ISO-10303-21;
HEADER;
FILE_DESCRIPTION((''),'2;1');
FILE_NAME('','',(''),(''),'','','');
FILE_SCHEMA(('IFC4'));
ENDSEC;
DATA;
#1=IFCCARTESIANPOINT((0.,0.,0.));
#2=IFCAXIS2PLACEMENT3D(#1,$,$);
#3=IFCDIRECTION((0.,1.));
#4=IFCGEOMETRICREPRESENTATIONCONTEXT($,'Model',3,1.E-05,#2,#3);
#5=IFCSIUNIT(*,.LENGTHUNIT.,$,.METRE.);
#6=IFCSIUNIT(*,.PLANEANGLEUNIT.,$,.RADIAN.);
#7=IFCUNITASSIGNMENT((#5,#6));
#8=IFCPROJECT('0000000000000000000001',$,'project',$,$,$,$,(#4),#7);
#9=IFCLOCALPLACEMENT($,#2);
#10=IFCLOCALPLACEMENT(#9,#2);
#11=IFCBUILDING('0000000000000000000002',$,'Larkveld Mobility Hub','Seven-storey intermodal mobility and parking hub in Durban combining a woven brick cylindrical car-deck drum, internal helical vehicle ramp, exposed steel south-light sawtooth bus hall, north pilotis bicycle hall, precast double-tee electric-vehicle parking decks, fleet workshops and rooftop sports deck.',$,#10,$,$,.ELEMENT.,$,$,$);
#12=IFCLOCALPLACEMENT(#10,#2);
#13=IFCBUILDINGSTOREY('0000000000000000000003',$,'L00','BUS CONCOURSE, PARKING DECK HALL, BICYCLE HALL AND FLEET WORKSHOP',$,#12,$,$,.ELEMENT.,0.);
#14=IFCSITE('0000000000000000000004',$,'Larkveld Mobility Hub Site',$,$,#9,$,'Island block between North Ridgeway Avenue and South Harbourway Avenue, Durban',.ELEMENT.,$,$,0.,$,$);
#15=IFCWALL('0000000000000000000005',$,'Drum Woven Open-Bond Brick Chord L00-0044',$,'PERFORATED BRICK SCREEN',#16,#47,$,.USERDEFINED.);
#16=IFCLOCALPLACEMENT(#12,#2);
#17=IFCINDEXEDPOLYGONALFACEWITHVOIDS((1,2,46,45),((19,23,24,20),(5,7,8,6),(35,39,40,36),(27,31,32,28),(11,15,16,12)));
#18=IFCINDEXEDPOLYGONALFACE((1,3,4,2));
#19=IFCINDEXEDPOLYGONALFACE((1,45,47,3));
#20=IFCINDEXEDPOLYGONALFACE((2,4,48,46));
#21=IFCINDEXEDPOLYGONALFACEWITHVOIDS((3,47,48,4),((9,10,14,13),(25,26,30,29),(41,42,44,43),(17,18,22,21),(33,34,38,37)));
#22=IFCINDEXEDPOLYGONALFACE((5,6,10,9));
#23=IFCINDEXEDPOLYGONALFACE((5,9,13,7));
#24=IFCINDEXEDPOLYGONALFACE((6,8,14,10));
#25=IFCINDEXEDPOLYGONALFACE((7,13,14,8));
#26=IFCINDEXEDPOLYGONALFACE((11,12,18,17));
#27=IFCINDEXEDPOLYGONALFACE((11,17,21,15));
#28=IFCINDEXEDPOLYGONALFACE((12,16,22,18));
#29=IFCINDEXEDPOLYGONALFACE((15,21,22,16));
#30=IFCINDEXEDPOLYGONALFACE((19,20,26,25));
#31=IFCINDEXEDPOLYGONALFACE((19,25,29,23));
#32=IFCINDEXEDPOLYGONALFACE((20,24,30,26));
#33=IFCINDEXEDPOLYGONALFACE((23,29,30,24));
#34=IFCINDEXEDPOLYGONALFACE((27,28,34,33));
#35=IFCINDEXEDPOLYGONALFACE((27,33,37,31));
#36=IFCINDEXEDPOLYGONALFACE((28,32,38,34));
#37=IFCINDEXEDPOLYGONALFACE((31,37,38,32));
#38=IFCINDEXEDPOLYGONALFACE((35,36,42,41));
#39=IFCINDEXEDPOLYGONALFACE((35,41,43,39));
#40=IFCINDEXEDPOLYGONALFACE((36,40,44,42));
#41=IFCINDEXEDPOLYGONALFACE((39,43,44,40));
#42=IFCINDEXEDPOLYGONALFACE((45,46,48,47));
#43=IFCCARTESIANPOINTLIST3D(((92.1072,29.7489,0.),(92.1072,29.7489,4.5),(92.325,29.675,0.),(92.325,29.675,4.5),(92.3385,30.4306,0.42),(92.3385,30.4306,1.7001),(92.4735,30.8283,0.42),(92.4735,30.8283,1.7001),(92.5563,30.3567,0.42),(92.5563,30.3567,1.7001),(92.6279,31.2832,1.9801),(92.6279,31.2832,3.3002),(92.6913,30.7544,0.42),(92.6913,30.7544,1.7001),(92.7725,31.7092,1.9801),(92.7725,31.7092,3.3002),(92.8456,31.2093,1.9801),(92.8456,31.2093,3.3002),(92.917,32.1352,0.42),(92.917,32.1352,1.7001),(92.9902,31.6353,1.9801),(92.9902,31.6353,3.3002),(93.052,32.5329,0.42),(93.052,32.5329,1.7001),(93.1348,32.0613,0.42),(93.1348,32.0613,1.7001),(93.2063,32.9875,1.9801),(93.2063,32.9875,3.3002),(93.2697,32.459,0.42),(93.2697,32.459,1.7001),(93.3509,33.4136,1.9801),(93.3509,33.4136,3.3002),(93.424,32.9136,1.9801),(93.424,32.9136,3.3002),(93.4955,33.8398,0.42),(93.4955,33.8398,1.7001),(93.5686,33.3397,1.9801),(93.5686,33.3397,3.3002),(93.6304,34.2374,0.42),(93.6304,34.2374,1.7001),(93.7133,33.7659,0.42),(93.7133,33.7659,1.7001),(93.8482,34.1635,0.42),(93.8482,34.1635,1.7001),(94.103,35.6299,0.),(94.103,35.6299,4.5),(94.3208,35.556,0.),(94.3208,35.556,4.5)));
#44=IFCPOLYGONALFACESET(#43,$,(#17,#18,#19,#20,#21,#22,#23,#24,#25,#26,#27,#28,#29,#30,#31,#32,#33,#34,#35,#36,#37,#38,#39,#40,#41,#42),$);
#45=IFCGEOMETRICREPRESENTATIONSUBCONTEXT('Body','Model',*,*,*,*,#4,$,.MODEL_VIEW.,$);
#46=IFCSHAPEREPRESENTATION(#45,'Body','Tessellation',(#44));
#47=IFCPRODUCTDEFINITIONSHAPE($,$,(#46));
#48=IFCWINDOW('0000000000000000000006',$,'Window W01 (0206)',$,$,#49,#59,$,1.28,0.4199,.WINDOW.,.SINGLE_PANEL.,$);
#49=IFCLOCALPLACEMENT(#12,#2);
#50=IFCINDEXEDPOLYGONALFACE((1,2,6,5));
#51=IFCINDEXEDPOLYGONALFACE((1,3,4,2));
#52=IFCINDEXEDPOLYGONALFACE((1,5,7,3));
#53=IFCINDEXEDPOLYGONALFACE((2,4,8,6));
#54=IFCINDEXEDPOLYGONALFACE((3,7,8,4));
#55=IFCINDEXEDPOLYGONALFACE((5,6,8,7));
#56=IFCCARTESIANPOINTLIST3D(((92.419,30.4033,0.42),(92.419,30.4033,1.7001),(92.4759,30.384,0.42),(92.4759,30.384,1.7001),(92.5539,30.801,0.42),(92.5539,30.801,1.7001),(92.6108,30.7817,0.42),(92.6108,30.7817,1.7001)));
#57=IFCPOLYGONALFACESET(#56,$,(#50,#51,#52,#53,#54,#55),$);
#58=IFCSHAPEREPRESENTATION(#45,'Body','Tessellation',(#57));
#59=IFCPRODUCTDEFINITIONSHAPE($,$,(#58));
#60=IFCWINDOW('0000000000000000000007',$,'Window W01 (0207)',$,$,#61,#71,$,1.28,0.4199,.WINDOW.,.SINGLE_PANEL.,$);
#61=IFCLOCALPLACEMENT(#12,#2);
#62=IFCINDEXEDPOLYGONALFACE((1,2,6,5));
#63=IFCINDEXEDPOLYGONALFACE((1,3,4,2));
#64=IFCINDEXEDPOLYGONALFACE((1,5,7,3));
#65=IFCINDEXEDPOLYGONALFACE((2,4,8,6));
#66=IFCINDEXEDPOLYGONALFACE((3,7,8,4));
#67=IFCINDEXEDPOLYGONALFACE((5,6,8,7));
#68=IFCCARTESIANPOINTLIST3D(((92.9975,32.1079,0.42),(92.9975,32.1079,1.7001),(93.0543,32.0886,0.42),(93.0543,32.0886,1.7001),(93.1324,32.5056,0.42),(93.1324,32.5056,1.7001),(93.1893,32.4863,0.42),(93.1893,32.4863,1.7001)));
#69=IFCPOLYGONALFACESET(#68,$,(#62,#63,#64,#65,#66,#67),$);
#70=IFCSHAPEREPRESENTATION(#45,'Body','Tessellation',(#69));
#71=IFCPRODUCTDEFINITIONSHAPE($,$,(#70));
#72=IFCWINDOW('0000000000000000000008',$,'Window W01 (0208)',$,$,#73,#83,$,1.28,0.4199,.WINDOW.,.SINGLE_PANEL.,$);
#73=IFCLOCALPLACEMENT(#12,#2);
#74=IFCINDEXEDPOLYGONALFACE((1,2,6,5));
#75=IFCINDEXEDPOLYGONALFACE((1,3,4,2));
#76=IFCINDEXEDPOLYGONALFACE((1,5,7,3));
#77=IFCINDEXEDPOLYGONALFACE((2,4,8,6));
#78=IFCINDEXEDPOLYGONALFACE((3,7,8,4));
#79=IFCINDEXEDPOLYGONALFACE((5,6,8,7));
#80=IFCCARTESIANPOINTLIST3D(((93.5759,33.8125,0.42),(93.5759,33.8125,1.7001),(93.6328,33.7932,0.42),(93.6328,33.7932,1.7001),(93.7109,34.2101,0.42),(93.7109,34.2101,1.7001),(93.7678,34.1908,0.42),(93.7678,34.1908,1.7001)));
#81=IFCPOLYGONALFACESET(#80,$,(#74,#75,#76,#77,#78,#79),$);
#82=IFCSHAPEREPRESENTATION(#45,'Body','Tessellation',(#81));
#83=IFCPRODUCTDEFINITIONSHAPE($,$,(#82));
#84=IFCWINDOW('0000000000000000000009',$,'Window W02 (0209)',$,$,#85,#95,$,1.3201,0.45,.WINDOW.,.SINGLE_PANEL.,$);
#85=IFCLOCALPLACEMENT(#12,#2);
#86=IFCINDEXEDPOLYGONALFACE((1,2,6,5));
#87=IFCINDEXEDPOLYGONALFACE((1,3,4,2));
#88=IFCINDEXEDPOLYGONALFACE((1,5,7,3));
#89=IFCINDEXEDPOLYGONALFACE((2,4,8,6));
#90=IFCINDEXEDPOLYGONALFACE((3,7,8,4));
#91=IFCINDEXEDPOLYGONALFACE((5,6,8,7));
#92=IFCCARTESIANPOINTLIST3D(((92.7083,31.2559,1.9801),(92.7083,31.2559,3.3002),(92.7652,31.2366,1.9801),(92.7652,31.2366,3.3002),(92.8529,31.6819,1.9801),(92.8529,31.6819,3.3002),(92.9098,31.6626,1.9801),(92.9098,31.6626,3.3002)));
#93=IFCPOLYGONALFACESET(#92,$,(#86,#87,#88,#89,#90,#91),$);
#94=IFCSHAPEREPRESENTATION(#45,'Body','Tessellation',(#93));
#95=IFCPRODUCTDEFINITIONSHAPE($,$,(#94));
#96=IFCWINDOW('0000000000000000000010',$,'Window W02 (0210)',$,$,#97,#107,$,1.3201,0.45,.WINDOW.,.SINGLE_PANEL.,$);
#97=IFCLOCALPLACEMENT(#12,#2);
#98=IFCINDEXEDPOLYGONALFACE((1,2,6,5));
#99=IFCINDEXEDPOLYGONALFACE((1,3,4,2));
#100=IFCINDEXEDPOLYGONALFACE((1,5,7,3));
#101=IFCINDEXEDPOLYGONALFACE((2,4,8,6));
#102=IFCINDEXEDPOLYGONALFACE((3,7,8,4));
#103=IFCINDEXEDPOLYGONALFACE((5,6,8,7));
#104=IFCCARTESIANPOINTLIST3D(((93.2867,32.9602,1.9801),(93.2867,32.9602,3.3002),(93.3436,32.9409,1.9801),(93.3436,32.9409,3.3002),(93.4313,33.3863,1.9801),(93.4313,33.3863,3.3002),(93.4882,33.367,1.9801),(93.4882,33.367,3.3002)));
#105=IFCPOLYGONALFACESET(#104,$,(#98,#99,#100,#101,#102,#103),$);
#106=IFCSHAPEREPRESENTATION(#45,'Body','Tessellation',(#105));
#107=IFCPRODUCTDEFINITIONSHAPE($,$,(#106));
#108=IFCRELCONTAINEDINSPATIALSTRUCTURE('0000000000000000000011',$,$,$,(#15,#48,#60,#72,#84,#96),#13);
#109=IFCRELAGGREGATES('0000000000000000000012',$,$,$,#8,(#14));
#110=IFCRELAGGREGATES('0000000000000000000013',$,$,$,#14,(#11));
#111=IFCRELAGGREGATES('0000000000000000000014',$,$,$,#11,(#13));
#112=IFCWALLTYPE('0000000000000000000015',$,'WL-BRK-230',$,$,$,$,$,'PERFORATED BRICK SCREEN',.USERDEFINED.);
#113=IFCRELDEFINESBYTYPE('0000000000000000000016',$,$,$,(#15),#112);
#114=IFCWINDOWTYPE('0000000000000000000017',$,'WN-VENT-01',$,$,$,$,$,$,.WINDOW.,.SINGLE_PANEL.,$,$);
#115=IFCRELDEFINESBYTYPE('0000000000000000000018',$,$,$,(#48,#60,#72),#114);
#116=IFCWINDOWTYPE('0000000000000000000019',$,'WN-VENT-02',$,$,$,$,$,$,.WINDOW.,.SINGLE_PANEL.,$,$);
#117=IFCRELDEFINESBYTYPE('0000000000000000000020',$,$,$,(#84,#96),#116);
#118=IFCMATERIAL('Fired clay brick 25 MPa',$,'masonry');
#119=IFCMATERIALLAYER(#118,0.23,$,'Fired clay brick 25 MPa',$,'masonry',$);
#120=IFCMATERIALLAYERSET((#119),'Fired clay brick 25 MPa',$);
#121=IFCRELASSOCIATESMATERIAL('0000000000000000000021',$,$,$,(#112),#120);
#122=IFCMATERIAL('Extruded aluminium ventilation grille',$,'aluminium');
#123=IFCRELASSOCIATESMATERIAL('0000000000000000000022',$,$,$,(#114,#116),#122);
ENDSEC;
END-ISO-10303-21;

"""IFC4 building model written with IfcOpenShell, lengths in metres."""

from ifc_helpers import new_model, si_unit, direction, frame, frame_2d, origin, place, context, subcontext, project, spatial, rectangle, extrude, material, layer, layer_set, type_object, element, fill, save


model = new_model("IFC4")

# Units and contexts
model_context = context("Model", 3, precision=1e-05, world=origin(), true_north=direction((0.0, 1.0)))
body_context = subcontext(model_context, "Body", "Model", "MODEL_VIEW")
ifc_project = project(units=[si_unit("LENGTHUNIT", "METRE"), si_unit("PLANEANGLEUNIT", "RADIAN")], contexts=[model_context])

# Site, building, storey
site_placement = place(None, origin())
site = spatial("IfcSite", under=ifc_project, at=site_placement, Name="Larkveld Mobility Hub Site", LongName="Island block between North Ridgeway Avenue and South Harbourway Avenue, Durban", CompositionType="ELEMENT", RefElevation=0.0)
building_placement = place(site_placement, origin())
building = spatial("IfcBuilding", under=site, at=building_placement, Name="Larkveld Mobility Hub", Description="Seven-storey intermodal mobility and parking hub in Durban combining a woven brick cylindrical car-deck drum, internal helical vehicle ramp, exposed steel south-light sawtooth bus hall, north pilotis bicycle hall, precast double-tee electric-vehicle parking decks, fleet workshops and rooftop sports deck.", CompositionType="ELEMENT")
storey_placement = place(building_placement, origin())
storey = spatial("IfcBuildingStorey", under=building, at=storey_placement, Name="L00", Description="BUS CONCOURSE, PARKING DECK HALL, BICYCLE HALL AND FLEET WORKSHOP", CompositionType="ELEMENT", Elevation=0.0)

# Wall, openings, windows
ifc_material_1 = material(Name="Fired clay brick 25 MPa", Category="masonry")
ifc_layer_1 = layer(ifc_material_1, 0.23, Name="Fired clay brick 25 MPa", Category="masonry")
ifc_layer_set_1 = layer_set([ifc_layer_1], Name="Fired clay brick 25 MPa")
wall_type_1 = type_object("IfcWallType", Name="WL-BRK-230", ElementType="PERFORATED BRICK SCREEN", PredefinedType="USERDEFINED", material=ifc_layer_set_1)
wall_1_placement = place(storey_placement, frame((92.2161, 29.7119, 0.0), z_axis=(0.0, 0.0, 1.0), x_axis=(0.321365, 0.946955, 0.0)))
wall_1 = element("IfcWall", 1, at=wall_1_placement, inside=storey, type_object=wall_type_1, Name="Drum Woven Open-Bond Brick Chord L00-0044", ObjectType="PERFORATED BRICK SCREEN", PredefinedType="USERDEFINED", context=body_context, shape_type="SweptSolid", body=[
    extrude(rectangle(XDim=6.2104, YDim=0.23, at=frame_2d((3.1052, 0.0))), origin(), (0.0, 0.0, 1.0), 4.5),
])
opening_1_placement = place(wall_1_placement, frame((0.72, 0.0, 0.4199)))
opening_1 = element("IfcOpeningElement", 2, at=opening_1_placement, cuts=wall_1, PredefinedType="OPENING", context=body_context, shape_type="SweptSolid", body=[
    extrude(rectangle(XDim=0.4199, YDim=1.28, at=frame_2d((0.21, 0.6401))), frame((0.0, 0.125, 0.0), z_axis=(0.0, -1.0, 0.0), x_axis=(1.0, 0.0, 0.0)), (0.0, 0.0, 1.0), 0.25),
])
opening_2_placement = place(wall_1_placement, frame((2.52, 0.0, 0.4199)))
opening_2 = element("IfcOpeningElement", 3, at=opening_2_placement, cuts=wall_1, PredefinedType="OPENING", context=body_context, shape_type="SweptSolid", body=[
    extrude(rectangle(XDim=0.4199, YDim=1.28, at=frame_2d((0.21, 0.6401))), frame((0.0, 0.125, 0.0), z_axis=(0.0, -1.0, 0.0), x_axis=(1.0, 0.0, 0.0)), (0.0, 0.0, 1.0), 0.25),
])
opening_3_placement = place(wall_1_placement, frame((4.3201, 0.0, 0.4199)))
opening_3 = element("IfcOpeningElement", 4, at=opening_3_placement, cuts=wall_1, PredefinedType="OPENING", context=body_context, shape_type="SweptSolid", body=[
    extrude(rectangle(XDim=0.4199, YDim=1.28, at=frame_2d((0.21, 0.6401))), frame((0.0, 0.125, 0.0), z_axis=(0.0, -1.0, 0.0), x_axis=(1.0, 0.0, 0.0)), (0.0, 0.0, 1.0), 0.25),
])
opening_4_placement = place(wall_1_placement, frame((1.6201, 0.0, 1.98)))
opening_4 = element("IfcOpeningElement", 5, at=opening_4_placement, cuts=wall_1, PredefinedType="OPENING", context=body_context, shape_type="SweptSolid", body=[
    extrude(rectangle(XDim=0.45, YDim=1.3201, at=frame_2d((0.2251, 0.6602))), frame((0.0, 0.125, 0.0), z_axis=(0.0, -1.0, 0.0), x_axis=(1.0, 0.0, 0.0)), (0.0, 0.0, 1.0), 0.25),
])
opening_5_placement = place(wall_1_placement, frame((3.4199, 0.0, 1.98)))
opening_5 = element("IfcOpeningElement", 6, at=opening_5_placement, cuts=wall_1, PredefinedType="OPENING", context=body_context, shape_type="SweptSolid", body=[
    extrude(rectangle(XDim=0.45, YDim=1.3201, at=frame_2d((0.2251, 0.6602))), frame((0.0, 0.125, 0.0), z_axis=(0.0, -1.0, 0.0), x_axis=(1.0, 0.0, 0.0)), (0.0, 0.0, 1.0), 0.25),
])
ifc_material_2 = material(Name="Extruded aluminium ventilation grille", Category="aluminium")
window_type_1 = type_object("IfcWindowType", Name="WN-VENT-01", PartitioningType="SINGLE_PANEL", PredefinedType="WINDOW", material=ifc_material_2)
window_1_placement = place(opening_1_placement, origin())
window_1 = element("IfcWindow", 7, at=window_1_placement, inside=storey, type_object=window_type_1, Name="Window W01 (0206)", OverallHeight=1.28, OverallWidth=0.4199, PartitioningType="SINGLE_PANEL", PredefinedType="WINDOW", context=body_context, shape_type="SweptSolid", body=[
    extrude(rectangle(XDim=0.4199, YDim=1.28, at=frame_2d((0.21, 0.6401))), frame((0.0, 0.03, 0.0), z_axis=(0.0, -1.0, 0.0), x_axis=(1.0, 0.0, 0.0)), (0.0, 0.0, 1.0), 0.0601),
])
fill(opening_1, window_1)
window_2_placement = place(opening_2_placement, origin())
window_2 = element("IfcWindow", 8, at=window_2_placement, inside=storey, type_object=window_type_1, Name="Window W01 (0207)", OverallHeight=1.28, OverallWidth=0.4199, PartitioningType="SINGLE_PANEL", PredefinedType="WINDOW", context=body_context, shape_type="SweptSolid", body=[
    extrude(rectangle(XDim=0.4199, YDim=1.28, at=frame_2d((0.21, 0.6401))), frame((0.0, 0.03, 0.0), z_axis=(0.0, -1.0, 0.0), x_axis=(1.0, 0.0, 0.0)), (0.0, 0.0, 1.0), 0.0601),
])
fill(opening_2, window_2)
window_3_placement = place(opening_3_placement, origin())
window_3 = element("IfcWindow", 9, at=window_3_placement, inside=storey, type_object=window_type_1, Name="Window W01 (0208)", OverallHeight=1.28, OverallWidth=0.4199, PartitioningType="SINGLE_PANEL", PredefinedType="WINDOW", context=body_context, shape_type="SweptSolid", body=[
    extrude(rectangle(XDim=0.4199, YDim=1.28, at=frame_2d((0.21, 0.6401))), frame((0.0, 0.03, 0.0), z_axis=(0.0, -1.0, 0.0), x_axis=(1.0, 0.0, 0.0)), (0.0, 0.0, 1.0), 0.0601),
])
fill(opening_3, window_3)
window_type_2 = type_object("IfcWindowType", Name="WN-VENT-02", PartitioningType="SINGLE_PANEL", PredefinedType="WINDOW", material=ifc_material_2)
window_4_placement = place(opening_4_placement, origin())
window_4 = element("IfcWindow", 10, at=window_4_placement, inside=storey, type_object=window_type_2, Name="Window W02 (0209)", OverallHeight=1.3201, OverallWidth=0.45, PartitioningType="SINGLE_PANEL", PredefinedType="WINDOW", context=body_context, shape_type="SweptSolid", body=[
    extrude(rectangle(XDim=0.45, YDim=1.3201, at=frame_2d((0.2251, 0.6602))), frame((0.0, 0.03, 0.0), z_axis=(0.0, -1.0, 0.0), x_axis=(1.0, 0.0, 0.0)), (0.0, 0.0, 1.0), 0.0601),
])
fill(opening_4, window_4)
window_5_placement = place(opening_5_placement, origin())
window_5 = element("IfcWindow", 11, at=window_5_placement, inside=storey, type_object=window_type_2, Name="Window W02 (0210)", OverallHeight=1.3201, OverallWidth=0.45, PartitioningType="SINGLE_PANEL", PredefinedType="WINDOW", context=body_context, shape_type="SweptSolid", body=[
    extrude(rectangle(XDim=0.45, YDim=1.3201, at=frame_2d((0.2251, 0.6602))), frame((0.0, 0.03, 0.0), z_axis=(0.0, -1.0, 0.0), x_axis=(1.0, 0.0, 0.0)), (0.0, 0.0, 1.0), 0.0601),
])
fill(opening_5, window_5)

save(model, "model.ifc")
